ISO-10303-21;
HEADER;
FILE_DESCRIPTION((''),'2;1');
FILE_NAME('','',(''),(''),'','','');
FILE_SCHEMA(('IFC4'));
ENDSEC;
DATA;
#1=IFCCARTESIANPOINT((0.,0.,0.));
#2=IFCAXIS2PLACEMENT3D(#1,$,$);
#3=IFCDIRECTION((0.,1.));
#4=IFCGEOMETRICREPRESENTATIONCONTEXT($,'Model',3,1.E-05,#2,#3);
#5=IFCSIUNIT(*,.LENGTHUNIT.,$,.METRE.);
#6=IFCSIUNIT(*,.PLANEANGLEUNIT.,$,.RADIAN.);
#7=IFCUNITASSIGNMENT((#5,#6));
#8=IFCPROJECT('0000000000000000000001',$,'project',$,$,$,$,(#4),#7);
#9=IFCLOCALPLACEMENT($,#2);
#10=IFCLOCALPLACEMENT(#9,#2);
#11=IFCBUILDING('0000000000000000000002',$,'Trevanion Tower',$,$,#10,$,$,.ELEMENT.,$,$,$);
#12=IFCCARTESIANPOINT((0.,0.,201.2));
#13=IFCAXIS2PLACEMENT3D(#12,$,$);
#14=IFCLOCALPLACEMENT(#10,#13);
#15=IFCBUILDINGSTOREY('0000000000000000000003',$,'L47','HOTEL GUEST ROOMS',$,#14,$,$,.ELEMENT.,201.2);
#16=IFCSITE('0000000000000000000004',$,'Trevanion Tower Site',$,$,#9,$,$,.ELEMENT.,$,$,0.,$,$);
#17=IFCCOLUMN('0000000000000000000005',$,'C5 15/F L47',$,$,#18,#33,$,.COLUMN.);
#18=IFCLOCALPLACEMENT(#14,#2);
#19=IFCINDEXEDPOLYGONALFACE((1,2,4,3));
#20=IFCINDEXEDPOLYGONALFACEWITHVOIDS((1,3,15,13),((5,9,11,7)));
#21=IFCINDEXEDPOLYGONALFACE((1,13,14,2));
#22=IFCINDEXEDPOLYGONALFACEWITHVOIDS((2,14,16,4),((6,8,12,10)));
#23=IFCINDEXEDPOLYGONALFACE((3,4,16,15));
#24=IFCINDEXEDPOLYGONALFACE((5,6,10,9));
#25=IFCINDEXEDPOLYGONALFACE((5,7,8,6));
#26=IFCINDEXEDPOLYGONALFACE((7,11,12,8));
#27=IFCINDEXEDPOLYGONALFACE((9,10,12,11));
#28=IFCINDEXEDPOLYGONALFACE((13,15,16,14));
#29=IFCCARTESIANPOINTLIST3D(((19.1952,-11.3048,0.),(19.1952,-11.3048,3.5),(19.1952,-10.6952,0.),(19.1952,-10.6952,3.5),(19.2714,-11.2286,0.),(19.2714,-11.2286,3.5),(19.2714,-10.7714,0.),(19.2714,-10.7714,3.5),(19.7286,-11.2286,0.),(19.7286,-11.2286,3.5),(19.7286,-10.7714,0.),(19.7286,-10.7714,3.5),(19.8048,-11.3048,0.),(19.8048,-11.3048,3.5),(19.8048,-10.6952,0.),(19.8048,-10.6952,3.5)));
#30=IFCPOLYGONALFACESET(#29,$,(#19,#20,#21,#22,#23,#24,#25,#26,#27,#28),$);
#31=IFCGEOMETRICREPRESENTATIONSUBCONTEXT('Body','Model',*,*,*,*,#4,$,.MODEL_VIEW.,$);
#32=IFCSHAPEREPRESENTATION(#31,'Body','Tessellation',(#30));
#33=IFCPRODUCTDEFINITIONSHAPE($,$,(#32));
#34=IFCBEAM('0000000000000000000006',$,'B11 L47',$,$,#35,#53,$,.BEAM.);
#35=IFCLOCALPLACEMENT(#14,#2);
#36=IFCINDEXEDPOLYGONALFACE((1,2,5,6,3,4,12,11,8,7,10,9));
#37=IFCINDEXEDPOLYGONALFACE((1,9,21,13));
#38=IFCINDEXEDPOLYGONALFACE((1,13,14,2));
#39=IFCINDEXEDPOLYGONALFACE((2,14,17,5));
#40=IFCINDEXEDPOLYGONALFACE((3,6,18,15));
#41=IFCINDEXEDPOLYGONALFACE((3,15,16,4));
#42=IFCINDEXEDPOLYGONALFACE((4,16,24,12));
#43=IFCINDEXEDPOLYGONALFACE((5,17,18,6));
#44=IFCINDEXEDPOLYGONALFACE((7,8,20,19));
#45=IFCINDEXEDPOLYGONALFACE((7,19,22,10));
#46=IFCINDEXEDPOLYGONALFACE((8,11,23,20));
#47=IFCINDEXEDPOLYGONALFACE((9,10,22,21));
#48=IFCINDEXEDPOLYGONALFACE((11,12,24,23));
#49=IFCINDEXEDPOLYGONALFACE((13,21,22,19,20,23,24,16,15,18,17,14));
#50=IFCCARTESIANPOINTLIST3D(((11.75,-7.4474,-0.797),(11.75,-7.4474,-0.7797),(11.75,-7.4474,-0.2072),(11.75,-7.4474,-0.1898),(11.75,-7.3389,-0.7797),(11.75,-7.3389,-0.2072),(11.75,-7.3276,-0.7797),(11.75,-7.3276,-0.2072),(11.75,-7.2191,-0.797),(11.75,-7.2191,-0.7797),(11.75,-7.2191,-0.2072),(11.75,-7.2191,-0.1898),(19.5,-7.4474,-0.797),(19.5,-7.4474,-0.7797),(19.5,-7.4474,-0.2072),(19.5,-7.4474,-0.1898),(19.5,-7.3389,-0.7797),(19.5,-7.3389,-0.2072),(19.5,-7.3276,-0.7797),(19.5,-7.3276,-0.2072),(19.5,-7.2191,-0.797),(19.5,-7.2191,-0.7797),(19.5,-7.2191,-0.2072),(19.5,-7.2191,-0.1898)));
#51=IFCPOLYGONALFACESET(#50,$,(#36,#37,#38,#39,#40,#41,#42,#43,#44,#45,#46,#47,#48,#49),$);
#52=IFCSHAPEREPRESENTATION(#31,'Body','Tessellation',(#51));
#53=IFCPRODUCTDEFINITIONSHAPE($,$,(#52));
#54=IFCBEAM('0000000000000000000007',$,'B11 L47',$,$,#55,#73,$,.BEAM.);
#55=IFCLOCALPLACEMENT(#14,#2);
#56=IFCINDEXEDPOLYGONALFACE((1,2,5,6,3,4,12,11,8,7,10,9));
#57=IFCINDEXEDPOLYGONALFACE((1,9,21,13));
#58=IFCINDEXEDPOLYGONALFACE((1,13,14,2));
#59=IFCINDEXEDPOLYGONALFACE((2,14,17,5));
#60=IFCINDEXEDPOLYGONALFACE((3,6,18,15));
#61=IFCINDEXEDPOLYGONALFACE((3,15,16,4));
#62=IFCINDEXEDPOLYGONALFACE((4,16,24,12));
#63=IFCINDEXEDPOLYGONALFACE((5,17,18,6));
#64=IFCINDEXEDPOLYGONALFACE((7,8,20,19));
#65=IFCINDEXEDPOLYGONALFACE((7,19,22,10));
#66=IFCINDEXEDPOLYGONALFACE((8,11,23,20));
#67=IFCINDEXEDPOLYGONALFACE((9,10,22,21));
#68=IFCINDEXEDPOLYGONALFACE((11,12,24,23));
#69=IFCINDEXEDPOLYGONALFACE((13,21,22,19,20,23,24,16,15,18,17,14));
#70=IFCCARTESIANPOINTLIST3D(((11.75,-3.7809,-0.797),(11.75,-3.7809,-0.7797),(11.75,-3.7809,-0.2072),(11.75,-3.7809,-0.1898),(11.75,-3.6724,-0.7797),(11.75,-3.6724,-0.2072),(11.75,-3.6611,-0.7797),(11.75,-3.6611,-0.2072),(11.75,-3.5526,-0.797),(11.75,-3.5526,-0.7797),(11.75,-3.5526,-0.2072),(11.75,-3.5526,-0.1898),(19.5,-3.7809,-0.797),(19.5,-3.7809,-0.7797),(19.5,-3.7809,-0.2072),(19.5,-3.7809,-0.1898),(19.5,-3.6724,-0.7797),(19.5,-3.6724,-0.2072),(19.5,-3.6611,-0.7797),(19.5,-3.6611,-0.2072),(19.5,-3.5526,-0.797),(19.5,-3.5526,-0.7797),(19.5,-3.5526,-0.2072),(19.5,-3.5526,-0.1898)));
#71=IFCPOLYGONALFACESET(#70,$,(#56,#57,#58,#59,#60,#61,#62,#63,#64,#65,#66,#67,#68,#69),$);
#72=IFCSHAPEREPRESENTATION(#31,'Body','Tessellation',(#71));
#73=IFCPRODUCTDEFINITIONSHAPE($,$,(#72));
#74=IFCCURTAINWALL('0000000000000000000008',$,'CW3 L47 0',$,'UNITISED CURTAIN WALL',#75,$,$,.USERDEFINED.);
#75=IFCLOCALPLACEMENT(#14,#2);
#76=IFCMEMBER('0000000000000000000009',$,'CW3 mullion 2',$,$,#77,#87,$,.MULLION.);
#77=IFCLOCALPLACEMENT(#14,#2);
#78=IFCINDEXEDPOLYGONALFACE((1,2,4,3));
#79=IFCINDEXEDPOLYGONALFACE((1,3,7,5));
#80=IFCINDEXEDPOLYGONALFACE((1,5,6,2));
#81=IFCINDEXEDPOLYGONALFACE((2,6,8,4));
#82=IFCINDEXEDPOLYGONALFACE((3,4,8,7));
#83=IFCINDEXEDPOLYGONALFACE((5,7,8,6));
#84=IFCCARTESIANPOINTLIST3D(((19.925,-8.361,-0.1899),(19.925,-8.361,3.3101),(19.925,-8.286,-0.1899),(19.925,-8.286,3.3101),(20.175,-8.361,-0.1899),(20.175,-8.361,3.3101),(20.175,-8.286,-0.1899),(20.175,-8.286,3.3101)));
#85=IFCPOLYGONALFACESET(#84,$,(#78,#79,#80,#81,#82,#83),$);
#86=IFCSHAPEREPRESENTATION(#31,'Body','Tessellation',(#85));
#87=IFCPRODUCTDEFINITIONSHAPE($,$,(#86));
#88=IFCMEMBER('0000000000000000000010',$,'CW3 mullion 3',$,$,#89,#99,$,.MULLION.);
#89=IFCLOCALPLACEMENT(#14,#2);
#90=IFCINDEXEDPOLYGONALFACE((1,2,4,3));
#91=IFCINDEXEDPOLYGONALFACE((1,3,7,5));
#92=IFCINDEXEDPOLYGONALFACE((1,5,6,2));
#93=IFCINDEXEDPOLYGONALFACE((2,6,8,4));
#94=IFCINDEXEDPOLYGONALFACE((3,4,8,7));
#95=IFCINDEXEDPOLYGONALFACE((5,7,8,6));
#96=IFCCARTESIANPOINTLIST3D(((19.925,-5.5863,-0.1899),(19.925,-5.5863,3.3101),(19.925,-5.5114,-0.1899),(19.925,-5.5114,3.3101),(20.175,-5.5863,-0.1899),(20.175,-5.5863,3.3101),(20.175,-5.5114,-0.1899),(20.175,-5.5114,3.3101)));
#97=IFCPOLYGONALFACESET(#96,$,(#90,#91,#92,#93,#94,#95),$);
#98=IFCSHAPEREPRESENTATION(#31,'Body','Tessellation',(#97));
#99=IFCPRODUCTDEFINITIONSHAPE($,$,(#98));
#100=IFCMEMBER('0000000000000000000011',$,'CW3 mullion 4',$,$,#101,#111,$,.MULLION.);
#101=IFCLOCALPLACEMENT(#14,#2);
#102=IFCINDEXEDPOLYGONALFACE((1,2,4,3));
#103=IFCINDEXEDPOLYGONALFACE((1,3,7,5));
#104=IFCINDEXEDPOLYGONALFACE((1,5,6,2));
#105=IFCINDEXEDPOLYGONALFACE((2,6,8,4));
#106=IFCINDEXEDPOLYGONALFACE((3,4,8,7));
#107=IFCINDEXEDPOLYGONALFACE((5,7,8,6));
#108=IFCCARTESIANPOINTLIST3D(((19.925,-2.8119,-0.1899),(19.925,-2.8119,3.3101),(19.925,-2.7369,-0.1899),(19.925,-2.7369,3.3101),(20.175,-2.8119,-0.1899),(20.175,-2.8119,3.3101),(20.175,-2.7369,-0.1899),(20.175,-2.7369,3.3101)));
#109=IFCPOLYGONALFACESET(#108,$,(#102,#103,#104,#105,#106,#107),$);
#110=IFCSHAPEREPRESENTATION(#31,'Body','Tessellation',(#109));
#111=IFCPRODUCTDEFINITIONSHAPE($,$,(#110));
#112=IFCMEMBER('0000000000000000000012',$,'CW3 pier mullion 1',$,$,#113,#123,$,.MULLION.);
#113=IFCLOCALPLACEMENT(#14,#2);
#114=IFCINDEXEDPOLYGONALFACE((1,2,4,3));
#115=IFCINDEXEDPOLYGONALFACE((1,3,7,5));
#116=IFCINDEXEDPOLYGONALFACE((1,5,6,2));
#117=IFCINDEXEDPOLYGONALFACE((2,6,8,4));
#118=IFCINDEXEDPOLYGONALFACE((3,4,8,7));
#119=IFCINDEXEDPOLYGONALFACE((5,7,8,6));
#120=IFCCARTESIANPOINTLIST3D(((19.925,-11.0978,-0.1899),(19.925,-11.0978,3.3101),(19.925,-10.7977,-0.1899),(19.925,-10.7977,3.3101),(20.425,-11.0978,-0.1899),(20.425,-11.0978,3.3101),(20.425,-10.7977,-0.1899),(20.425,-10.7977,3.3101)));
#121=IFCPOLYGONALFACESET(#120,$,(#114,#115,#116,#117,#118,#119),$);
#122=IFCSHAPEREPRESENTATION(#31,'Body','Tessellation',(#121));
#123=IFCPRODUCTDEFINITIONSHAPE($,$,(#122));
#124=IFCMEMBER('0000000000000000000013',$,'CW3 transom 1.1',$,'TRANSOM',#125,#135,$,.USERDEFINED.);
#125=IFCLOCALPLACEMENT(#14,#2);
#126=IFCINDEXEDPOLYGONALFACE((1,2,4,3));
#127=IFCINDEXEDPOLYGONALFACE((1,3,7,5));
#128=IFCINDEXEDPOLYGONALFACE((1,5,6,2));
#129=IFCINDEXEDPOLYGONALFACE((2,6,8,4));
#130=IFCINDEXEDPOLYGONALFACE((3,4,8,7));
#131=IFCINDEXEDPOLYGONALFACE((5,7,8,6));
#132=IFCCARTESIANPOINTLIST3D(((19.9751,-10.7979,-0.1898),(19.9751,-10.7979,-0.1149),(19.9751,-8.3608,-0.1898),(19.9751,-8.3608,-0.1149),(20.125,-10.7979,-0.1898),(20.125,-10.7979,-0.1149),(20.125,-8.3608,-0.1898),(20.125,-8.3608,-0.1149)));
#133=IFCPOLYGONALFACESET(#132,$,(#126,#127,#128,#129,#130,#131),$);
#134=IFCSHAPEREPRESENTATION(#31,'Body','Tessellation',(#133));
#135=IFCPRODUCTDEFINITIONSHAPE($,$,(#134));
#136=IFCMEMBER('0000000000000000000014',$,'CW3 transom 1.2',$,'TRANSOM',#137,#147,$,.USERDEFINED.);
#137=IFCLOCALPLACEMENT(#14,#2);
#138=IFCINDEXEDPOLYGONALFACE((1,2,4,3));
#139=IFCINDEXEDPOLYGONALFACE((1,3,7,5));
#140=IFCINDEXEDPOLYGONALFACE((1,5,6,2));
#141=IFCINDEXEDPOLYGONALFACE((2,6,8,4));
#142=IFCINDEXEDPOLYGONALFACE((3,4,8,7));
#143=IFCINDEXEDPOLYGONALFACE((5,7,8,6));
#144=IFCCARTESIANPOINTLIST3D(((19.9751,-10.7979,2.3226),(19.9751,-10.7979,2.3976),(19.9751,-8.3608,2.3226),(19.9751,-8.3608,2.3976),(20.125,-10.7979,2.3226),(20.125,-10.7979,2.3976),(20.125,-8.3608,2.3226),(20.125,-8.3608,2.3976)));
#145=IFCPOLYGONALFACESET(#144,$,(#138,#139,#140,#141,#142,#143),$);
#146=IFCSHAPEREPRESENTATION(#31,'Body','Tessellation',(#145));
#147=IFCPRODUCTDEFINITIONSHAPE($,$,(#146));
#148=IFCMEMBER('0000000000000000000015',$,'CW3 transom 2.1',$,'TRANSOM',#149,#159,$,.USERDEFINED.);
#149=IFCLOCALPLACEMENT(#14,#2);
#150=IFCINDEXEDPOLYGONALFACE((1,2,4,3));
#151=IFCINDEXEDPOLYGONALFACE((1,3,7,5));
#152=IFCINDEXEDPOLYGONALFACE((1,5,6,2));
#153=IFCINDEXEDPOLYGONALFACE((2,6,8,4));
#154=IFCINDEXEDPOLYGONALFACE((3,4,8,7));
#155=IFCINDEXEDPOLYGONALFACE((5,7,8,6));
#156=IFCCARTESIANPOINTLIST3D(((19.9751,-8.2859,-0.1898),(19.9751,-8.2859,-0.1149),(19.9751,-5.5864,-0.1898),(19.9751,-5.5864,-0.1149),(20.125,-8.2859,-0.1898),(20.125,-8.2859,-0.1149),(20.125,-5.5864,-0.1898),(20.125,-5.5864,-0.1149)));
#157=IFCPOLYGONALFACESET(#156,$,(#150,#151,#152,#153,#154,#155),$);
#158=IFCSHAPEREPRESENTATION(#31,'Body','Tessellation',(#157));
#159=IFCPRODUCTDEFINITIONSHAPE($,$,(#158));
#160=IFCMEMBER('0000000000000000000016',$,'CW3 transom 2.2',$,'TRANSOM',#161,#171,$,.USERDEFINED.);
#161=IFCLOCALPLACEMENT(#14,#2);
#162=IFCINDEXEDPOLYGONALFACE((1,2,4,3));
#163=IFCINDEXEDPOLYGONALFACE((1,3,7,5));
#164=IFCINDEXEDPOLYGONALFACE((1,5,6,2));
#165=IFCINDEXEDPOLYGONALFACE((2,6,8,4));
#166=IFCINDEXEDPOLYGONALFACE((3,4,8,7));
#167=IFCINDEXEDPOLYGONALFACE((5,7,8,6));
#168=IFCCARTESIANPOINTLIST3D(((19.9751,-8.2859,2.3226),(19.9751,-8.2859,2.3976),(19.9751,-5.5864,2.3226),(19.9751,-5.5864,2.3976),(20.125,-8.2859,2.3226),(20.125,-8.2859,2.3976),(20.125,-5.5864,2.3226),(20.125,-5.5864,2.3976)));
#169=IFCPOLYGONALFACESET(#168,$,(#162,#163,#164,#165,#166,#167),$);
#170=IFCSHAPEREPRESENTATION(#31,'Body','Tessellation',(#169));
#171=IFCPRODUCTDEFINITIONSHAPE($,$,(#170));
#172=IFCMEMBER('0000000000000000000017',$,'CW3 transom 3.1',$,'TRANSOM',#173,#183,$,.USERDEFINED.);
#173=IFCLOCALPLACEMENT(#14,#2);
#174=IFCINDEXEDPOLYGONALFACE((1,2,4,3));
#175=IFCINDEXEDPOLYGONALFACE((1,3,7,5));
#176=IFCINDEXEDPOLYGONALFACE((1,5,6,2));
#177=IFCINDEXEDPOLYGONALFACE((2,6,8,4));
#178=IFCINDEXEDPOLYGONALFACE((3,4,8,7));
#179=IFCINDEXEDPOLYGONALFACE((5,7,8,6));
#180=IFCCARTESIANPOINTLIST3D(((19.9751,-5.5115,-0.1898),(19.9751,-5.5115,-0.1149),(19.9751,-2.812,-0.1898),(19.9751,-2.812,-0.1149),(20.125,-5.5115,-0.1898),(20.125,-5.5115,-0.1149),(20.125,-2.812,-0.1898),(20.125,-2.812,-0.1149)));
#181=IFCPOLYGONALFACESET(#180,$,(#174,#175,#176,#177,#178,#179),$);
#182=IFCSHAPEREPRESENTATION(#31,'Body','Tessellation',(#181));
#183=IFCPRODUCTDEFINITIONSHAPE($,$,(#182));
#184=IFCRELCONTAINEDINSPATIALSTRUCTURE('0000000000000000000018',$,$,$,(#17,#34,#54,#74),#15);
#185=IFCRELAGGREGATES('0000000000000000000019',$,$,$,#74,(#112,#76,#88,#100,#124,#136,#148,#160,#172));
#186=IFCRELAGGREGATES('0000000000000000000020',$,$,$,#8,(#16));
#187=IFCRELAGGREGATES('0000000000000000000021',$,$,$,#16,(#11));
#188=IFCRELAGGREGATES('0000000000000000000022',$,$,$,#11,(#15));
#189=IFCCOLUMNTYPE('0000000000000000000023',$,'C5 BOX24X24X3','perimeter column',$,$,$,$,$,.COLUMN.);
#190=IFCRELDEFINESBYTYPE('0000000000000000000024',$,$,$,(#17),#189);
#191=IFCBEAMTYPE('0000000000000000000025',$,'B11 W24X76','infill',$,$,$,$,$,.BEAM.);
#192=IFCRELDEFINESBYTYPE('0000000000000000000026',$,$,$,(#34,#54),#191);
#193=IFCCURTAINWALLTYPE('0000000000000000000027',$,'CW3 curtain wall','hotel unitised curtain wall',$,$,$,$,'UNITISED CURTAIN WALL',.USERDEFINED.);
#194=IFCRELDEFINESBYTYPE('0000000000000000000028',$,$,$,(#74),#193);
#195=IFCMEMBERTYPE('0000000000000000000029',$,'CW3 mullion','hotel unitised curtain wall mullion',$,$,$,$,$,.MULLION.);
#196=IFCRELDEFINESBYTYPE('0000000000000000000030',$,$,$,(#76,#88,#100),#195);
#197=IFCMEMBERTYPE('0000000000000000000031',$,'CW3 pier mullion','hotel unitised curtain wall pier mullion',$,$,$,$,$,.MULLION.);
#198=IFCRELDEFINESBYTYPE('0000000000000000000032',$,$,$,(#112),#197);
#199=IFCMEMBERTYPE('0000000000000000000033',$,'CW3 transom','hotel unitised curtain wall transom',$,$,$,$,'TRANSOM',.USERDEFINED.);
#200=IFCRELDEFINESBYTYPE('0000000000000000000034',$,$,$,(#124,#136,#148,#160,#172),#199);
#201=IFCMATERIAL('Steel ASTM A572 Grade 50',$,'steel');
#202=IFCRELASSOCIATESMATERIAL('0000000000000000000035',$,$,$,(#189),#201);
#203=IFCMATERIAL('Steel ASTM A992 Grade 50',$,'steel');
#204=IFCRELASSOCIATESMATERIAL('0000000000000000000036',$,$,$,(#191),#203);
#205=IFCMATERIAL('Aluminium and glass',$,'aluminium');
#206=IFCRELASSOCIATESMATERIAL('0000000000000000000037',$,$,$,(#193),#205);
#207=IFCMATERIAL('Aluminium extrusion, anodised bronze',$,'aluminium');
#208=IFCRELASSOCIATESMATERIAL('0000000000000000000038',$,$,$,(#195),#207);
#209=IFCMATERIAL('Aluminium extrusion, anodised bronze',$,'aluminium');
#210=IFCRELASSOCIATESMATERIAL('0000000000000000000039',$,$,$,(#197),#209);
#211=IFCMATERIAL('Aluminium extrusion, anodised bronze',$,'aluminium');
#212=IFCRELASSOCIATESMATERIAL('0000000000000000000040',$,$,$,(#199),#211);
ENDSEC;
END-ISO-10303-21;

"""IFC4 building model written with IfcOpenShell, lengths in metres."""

from ifc_helpers import new_model, si_unit, direction, frame, origin, origin_2d, place, context, subcontext, project, spatial, rectangle, hollow_rectangle, i_section, extrude, material, material_profile, profile_set, type_object, element, aggregate, save


model = new_model("IFC4")

# Units and contexts
model_context = context("Model", 3, precision=1e-05, world=origin(), true_north=direction((0.0, 1.0)))
body_context = subcontext(model_context, "Body", "Model", "MODEL_VIEW")
ifc_project = project(units=[si_unit("LENGTHUNIT", "METRE"), si_unit("PLANEANGLEUNIT", "RADIAN")], contexts=[model_context])

# Site, building, storey
site_placement = place(None, origin())
site = spatial("IfcSite", under=ifc_project, at=site_placement, Name="Trevanion Tower Site", CompositionType="ELEMENT", RefElevation=0.0)
building_placement = place(site_placement, origin())
building = spatial("IfcBuilding", under=site, at=building_placement, Name="Trevanion Tower", CompositionType="ELEMENT")
storey_placement = place(building_placement, frame((0.0, 0.0, 201.2)))
storey = spatial("IfcBuildingStorey", under=building, at=storey_placement, Name="L47", Description="HOTEL GUEST ROOMS", CompositionType="ELEMENT", Elevation=201.2)

# Column
ifc_material_1 = material(Name="Steel ASTM A572 Grade 50", Category="steel")
ifc_material_profile_1 = material_profile(ifc_material_1, hollow_rectangle(XDim=0.6096, YDim=0.6096, WallThickness=0.0762, at=origin_2d()), Name="BOX24X24X3")
ifc_profile_set_1 = profile_set([ifc_material_profile_1], Name="Steel ASTM A572 Grade 50")
column_type = type_object("IfcColumnType", Name="C5 BOX24X24X3", Description="perimeter column", PredefinedType="COLUMN", material=ifc_profile_set_1)
column_placement = place(storey_placement, frame((19.5, -11.0, 0.0), z_axis=(0.0, 0.0, 1.0), x_axis=(0.0, 1.0, 0.0)))
element("IfcColumn", 1, at=column_placement, inside=storey, type_object=column_type, Name="C5 15/F L47", PredefinedType="COLUMN", context=body_context, shape_type="SweptSolid", body=[
    extrude(hollow_rectangle(XDim=0.6096, YDim=0.6096, WallThickness=0.0762, at=origin_2d()), origin(), (0.0, 0.0, 1.0), 3.5),
])

# Beams
ifc_material_2 = material(Name="Steel ASTM A992 Grade 50", Category="steel")
ifc_material_profile_2 = material_profile(ifc_material_2, i_section(OverallWidth=0.2283, OverallDepth=0.6072, WebThickness=0.0112, FlangeThickness=0.0173, at=origin_2d()), Name="W24X76")
ifc_profile_set_2 = profile_set([ifc_material_profile_2], Name="Steel ASTM A992 Grade 50")
beam_type_1 = type_object("IfcBeamType", Name="B11 W24X76", Description="infill", PredefinedType="BEAM", material=ifc_profile_set_2)
for number, where, z_axis, x_axis, name in (
    (2, (11.75, -7.3333, -0.4934), (1.0, 0.0, 0.0), (0.0, 1.0, 0.0), "B11 L47"),
    (3, (11.75, -3.6667, -0.4934), (1.0, 0.0, 0.0), (0.0, 1.0, 0.0), "B11 L47"),
):
    element("IfcBeam", number, at=place(storey_placement, frame(where, z_axis=z_axis, x_axis=x_axis)), inside=storey, type_object=beam_type_1, Name=name, PredefinedType="BEAM", context=body_context, shape_type="SweptSolid", body=[
        extrude(i_section(OverallWidth=0.2283, OverallDepth=0.6072, WebThickness=0.0112, FlangeThickness=0.0173, at=origin_2d()), origin(), (0.0, 0.0, 1.0), 7.75),
    ])

# Curtain wall, members
ifc_material_3 = material(Name="Aluminium and glass", Category="aluminium")
curtain_wall_type = type_object("IfcCurtainWallType", Name="CW3 curtain wall", Description="hotel unitised curtain wall", ElementType="UNITISED CURTAIN WALL", PredefinedType="USERDEFINED", material=ifc_material_3)
curtain_wall_placement = place(storey_placement, origin())
curtain_wall = element("IfcCurtainWall", 4, at=curtain_wall_placement, inside=storey, type_object=curtain_wall_type, Name="CW3 L47 0", ObjectType="UNITISED CURTAIN WALL", PredefinedType="USERDEFINED")
ifc_material_4 = material(Name="Aluminium extrusion, anodised bronze", Category="aluminium")
ifc_material_profile_3 = material_profile(ifc_material_4, rectangle(XDim=0.075, YDim=0.25, at=origin_2d()), Name="CW3 mullion")
ifc_profile_set_3 = profile_set([ifc_material_profile_3], Name="Aluminium extrusion, anodised bronze")
member_type_1 = type_object("IfcMemberType", Name="CW3 mullion", Description="hotel unitised curtain wall mullion", PredefinedType="MULLION", material=ifc_profile_set_3)
member_1_placement = place(storey_placement, frame((20.05, -8.3235, -0.1899), z_axis=(0.0, 0.0, 1.0), x_axis=(0.0, 1.0, 0.0)))
member_1 = element("IfcMember", 5, at=member_1_placement, type_object=member_type_1, Name="CW3 mullion 2", PredefinedType="MULLION", context=body_context, shape_type="SweptSolid", body=[
    extrude(rectangle(XDim=0.075, YDim=0.25, at=origin_2d()), origin(), (0.0, 0.0, 1.0), 3.5),
])
member_2_placement = place(storey_placement, frame((20.05, -5.5488, -0.1899), z_axis=(0.0, 0.0, 1.0), x_axis=(0.0, 1.0, 0.0)))
member_2 = element("IfcMember", 6, at=member_2_placement, type_object=member_type_1, Name="CW3 mullion 3", PredefinedType="MULLION", context=body_context, shape_type="SweptSolid", body=[
    extrude(rectangle(XDim=0.075, YDim=0.25, at=origin_2d()), origin(), (0.0, 0.0, 1.0), 3.5),
])
member_3_placement = place(storey_placement, frame((20.05, -2.7744, -0.1899), z_axis=(0.0, 0.0, 1.0), x_axis=(0.0, 1.0, 0.0)))
member_3 = element("IfcMember", 7, at=member_3_placement, type_object=member_type_1, Name="CW3 mullion 4", PredefinedType="MULLION", context=body_context, shape_type="SweptSolid", body=[
    extrude(rectangle(XDim=0.075, YDim=0.25, at=origin_2d()), origin(), (0.0, 0.0, 1.0), 3.5),
])
ifc_material_5 = material(Name="Aluminium extrusion, anodised bronze", Category="aluminium")
ifc_material_profile_4 = material_profile(ifc_material_5, rectangle(XDim=0.3, YDim=0.5, at=origin_2d()), Name="CW3 pier mullion")
ifc_profile_set_4 = profile_set([ifc_material_profile_4], Name="Aluminium extrusion, anodised bronze")
member_type_2 = type_object("IfcMemberType", Name="CW3 pier mullion", Description="hotel unitised curtain wall pier mullion", PredefinedType="MULLION", material=ifc_profile_set_4)
member_4_placement = place(storey_placement, frame((20.175, -10.9478, -0.1899), z_axis=(0.0, 0.0, 1.0), x_axis=(0.0, 1.0, 0.0)))
member_4 = element("IfcMember", 8, at=member_4_placement, type_object=member_type_2, Name="CW3 pier mullion 1", PredefinedType="MULLION", context=body_context, shape_type="SweptSolid", body=[
    extrude(rectangle(XDim=0.3, YDim=0.5, at=origin_2d()), origin(), (0.0, 0.0, 1.0), 3.5),
])
ifc_material_6 = material(Name="Aluminium extrusion, anodised bronze", Category="aluminium")
ifc_material_profile_5 = material_profile(ifc_material_6, rectangle(XDim=0.1499, YDim=0.075, at=origin_2d()), Name="CW3 transom")
ifc_profile_set_5 = profile_set([ifc_material_profile_5], Name="Aluminium extrusion, anodised bronze")
member_type_3 = type_object("IfcMemberType", Name="CW3 transom", Description="hotel unitised curtain wall transom", ElementType="TRANSOM", PredefinedType="USERDEFINED", material=ifc_profile_set_5)
member_5_placement = place(storey_placement, frame((20.05, -10.7979, -0.1523), z_axis=(0.0, 1.0, 0.0), x_axis=(-1.0, 0.0, 0.0)))
member_5 = element("IfcMember", 9, at=member_5_placement, type_object=member_type_3, Name="CW3 transom 1.1", ObjectType="TRANSOM", PredefinedType="USERDEFINED", context=body_context, shape_type="SweptSolid", body=[
    extrude(rectangle(XDim=0.1499, YDim=0.075, at=origin_2d()), origin(), (0.0, 0.0, 1.0), 2.437),
])
member_6_placement = place(storey_placement, frame((20.05, -10.7979, 2.3601), z_axis=(0.0, 1.0, 0.0), x_axis=(-1.0, 0.0, 0.0)))
member_6 = element("IfcMember", 10, at=member_6_placement, type_object=member_type_3, Name="CW3 transom 1.2", ObjectType="TRANSOM", PredefinedType="USERDEFINED", context=body_context, shape_type="SweptSolid", body=[
    extrude(rectangle(XDim=0.1499, YDim=0.075, at=origin_2d()), origin(), (0.0, 0.0, 1.0), 2.437),
])
member_7_placement = place(storey_placement, frame((20.05, -8.2859, -0.1523), z_axis=(0.0, 1.0, 0.0), x_axis=(-1.0, 0.0, 0.0)))
member_7 = element("IfcMember", 11, at=member_7_placement, type_object=member_type_3, Name="CW3 transom 2.1", ObjectType="TRANSOM", PredefinedType="USERDEFINED", context=body_context, shape_type="SweptSolid", body=[
    extrude(rectangle(XDim=0.1499, YDim=0.075, at=origin_2d()), origin(), (0.0, 0.0, 1.0), 2.6995),
])
member_8_placement = place(storey_placement, frame((20.05, -8.2859, 2.3601), z_axis=(0.0, 1.0, 0.0), x_axis=(-1.0, 0.0, 0.0)))
member_8 = element("IfcMember", 12, at=member_8_placement, type_object=member_type_3, Name="CW3 transom 2.2", ObjectType="TRANSOM", PredefinedType="USERDEFINED", context=body_context, shape_type="SweptSolid", body=[
    extrude(rectangle(XDim=0.1499, YDim=0.075, at=origin_2d()), origin(), (0.0, 0.0, 1.0), 2.6995),
])
member_9_placement = place(storey_placement, frame((20.05, -5.5115, -0.1523), z_axis=(0.0, 1.0, 0.0), x_axis=(-1.0, 0.0, 0.0)))
member_9 = element("IfcMember", 13, at=member_9_placement, type_object=member_type_3, Name="CW3 transom 3.1", ObjectType="TRANSOM", PredefinedType="USERDEFINED", context=body_context, shape_type="SweptSolid", body=[
    extrude(rectangle(XDim=0.1499, YDim=0.075, at=origin_2d()), origin(), (0.0, 0.0, 1.0), 2.6995),
])

aggregate(curtain_wall, [member_4, member_1, member_2, member_3, member_5, member_6, member_7, member_8, member_9])

save(model, "model.ifc")
